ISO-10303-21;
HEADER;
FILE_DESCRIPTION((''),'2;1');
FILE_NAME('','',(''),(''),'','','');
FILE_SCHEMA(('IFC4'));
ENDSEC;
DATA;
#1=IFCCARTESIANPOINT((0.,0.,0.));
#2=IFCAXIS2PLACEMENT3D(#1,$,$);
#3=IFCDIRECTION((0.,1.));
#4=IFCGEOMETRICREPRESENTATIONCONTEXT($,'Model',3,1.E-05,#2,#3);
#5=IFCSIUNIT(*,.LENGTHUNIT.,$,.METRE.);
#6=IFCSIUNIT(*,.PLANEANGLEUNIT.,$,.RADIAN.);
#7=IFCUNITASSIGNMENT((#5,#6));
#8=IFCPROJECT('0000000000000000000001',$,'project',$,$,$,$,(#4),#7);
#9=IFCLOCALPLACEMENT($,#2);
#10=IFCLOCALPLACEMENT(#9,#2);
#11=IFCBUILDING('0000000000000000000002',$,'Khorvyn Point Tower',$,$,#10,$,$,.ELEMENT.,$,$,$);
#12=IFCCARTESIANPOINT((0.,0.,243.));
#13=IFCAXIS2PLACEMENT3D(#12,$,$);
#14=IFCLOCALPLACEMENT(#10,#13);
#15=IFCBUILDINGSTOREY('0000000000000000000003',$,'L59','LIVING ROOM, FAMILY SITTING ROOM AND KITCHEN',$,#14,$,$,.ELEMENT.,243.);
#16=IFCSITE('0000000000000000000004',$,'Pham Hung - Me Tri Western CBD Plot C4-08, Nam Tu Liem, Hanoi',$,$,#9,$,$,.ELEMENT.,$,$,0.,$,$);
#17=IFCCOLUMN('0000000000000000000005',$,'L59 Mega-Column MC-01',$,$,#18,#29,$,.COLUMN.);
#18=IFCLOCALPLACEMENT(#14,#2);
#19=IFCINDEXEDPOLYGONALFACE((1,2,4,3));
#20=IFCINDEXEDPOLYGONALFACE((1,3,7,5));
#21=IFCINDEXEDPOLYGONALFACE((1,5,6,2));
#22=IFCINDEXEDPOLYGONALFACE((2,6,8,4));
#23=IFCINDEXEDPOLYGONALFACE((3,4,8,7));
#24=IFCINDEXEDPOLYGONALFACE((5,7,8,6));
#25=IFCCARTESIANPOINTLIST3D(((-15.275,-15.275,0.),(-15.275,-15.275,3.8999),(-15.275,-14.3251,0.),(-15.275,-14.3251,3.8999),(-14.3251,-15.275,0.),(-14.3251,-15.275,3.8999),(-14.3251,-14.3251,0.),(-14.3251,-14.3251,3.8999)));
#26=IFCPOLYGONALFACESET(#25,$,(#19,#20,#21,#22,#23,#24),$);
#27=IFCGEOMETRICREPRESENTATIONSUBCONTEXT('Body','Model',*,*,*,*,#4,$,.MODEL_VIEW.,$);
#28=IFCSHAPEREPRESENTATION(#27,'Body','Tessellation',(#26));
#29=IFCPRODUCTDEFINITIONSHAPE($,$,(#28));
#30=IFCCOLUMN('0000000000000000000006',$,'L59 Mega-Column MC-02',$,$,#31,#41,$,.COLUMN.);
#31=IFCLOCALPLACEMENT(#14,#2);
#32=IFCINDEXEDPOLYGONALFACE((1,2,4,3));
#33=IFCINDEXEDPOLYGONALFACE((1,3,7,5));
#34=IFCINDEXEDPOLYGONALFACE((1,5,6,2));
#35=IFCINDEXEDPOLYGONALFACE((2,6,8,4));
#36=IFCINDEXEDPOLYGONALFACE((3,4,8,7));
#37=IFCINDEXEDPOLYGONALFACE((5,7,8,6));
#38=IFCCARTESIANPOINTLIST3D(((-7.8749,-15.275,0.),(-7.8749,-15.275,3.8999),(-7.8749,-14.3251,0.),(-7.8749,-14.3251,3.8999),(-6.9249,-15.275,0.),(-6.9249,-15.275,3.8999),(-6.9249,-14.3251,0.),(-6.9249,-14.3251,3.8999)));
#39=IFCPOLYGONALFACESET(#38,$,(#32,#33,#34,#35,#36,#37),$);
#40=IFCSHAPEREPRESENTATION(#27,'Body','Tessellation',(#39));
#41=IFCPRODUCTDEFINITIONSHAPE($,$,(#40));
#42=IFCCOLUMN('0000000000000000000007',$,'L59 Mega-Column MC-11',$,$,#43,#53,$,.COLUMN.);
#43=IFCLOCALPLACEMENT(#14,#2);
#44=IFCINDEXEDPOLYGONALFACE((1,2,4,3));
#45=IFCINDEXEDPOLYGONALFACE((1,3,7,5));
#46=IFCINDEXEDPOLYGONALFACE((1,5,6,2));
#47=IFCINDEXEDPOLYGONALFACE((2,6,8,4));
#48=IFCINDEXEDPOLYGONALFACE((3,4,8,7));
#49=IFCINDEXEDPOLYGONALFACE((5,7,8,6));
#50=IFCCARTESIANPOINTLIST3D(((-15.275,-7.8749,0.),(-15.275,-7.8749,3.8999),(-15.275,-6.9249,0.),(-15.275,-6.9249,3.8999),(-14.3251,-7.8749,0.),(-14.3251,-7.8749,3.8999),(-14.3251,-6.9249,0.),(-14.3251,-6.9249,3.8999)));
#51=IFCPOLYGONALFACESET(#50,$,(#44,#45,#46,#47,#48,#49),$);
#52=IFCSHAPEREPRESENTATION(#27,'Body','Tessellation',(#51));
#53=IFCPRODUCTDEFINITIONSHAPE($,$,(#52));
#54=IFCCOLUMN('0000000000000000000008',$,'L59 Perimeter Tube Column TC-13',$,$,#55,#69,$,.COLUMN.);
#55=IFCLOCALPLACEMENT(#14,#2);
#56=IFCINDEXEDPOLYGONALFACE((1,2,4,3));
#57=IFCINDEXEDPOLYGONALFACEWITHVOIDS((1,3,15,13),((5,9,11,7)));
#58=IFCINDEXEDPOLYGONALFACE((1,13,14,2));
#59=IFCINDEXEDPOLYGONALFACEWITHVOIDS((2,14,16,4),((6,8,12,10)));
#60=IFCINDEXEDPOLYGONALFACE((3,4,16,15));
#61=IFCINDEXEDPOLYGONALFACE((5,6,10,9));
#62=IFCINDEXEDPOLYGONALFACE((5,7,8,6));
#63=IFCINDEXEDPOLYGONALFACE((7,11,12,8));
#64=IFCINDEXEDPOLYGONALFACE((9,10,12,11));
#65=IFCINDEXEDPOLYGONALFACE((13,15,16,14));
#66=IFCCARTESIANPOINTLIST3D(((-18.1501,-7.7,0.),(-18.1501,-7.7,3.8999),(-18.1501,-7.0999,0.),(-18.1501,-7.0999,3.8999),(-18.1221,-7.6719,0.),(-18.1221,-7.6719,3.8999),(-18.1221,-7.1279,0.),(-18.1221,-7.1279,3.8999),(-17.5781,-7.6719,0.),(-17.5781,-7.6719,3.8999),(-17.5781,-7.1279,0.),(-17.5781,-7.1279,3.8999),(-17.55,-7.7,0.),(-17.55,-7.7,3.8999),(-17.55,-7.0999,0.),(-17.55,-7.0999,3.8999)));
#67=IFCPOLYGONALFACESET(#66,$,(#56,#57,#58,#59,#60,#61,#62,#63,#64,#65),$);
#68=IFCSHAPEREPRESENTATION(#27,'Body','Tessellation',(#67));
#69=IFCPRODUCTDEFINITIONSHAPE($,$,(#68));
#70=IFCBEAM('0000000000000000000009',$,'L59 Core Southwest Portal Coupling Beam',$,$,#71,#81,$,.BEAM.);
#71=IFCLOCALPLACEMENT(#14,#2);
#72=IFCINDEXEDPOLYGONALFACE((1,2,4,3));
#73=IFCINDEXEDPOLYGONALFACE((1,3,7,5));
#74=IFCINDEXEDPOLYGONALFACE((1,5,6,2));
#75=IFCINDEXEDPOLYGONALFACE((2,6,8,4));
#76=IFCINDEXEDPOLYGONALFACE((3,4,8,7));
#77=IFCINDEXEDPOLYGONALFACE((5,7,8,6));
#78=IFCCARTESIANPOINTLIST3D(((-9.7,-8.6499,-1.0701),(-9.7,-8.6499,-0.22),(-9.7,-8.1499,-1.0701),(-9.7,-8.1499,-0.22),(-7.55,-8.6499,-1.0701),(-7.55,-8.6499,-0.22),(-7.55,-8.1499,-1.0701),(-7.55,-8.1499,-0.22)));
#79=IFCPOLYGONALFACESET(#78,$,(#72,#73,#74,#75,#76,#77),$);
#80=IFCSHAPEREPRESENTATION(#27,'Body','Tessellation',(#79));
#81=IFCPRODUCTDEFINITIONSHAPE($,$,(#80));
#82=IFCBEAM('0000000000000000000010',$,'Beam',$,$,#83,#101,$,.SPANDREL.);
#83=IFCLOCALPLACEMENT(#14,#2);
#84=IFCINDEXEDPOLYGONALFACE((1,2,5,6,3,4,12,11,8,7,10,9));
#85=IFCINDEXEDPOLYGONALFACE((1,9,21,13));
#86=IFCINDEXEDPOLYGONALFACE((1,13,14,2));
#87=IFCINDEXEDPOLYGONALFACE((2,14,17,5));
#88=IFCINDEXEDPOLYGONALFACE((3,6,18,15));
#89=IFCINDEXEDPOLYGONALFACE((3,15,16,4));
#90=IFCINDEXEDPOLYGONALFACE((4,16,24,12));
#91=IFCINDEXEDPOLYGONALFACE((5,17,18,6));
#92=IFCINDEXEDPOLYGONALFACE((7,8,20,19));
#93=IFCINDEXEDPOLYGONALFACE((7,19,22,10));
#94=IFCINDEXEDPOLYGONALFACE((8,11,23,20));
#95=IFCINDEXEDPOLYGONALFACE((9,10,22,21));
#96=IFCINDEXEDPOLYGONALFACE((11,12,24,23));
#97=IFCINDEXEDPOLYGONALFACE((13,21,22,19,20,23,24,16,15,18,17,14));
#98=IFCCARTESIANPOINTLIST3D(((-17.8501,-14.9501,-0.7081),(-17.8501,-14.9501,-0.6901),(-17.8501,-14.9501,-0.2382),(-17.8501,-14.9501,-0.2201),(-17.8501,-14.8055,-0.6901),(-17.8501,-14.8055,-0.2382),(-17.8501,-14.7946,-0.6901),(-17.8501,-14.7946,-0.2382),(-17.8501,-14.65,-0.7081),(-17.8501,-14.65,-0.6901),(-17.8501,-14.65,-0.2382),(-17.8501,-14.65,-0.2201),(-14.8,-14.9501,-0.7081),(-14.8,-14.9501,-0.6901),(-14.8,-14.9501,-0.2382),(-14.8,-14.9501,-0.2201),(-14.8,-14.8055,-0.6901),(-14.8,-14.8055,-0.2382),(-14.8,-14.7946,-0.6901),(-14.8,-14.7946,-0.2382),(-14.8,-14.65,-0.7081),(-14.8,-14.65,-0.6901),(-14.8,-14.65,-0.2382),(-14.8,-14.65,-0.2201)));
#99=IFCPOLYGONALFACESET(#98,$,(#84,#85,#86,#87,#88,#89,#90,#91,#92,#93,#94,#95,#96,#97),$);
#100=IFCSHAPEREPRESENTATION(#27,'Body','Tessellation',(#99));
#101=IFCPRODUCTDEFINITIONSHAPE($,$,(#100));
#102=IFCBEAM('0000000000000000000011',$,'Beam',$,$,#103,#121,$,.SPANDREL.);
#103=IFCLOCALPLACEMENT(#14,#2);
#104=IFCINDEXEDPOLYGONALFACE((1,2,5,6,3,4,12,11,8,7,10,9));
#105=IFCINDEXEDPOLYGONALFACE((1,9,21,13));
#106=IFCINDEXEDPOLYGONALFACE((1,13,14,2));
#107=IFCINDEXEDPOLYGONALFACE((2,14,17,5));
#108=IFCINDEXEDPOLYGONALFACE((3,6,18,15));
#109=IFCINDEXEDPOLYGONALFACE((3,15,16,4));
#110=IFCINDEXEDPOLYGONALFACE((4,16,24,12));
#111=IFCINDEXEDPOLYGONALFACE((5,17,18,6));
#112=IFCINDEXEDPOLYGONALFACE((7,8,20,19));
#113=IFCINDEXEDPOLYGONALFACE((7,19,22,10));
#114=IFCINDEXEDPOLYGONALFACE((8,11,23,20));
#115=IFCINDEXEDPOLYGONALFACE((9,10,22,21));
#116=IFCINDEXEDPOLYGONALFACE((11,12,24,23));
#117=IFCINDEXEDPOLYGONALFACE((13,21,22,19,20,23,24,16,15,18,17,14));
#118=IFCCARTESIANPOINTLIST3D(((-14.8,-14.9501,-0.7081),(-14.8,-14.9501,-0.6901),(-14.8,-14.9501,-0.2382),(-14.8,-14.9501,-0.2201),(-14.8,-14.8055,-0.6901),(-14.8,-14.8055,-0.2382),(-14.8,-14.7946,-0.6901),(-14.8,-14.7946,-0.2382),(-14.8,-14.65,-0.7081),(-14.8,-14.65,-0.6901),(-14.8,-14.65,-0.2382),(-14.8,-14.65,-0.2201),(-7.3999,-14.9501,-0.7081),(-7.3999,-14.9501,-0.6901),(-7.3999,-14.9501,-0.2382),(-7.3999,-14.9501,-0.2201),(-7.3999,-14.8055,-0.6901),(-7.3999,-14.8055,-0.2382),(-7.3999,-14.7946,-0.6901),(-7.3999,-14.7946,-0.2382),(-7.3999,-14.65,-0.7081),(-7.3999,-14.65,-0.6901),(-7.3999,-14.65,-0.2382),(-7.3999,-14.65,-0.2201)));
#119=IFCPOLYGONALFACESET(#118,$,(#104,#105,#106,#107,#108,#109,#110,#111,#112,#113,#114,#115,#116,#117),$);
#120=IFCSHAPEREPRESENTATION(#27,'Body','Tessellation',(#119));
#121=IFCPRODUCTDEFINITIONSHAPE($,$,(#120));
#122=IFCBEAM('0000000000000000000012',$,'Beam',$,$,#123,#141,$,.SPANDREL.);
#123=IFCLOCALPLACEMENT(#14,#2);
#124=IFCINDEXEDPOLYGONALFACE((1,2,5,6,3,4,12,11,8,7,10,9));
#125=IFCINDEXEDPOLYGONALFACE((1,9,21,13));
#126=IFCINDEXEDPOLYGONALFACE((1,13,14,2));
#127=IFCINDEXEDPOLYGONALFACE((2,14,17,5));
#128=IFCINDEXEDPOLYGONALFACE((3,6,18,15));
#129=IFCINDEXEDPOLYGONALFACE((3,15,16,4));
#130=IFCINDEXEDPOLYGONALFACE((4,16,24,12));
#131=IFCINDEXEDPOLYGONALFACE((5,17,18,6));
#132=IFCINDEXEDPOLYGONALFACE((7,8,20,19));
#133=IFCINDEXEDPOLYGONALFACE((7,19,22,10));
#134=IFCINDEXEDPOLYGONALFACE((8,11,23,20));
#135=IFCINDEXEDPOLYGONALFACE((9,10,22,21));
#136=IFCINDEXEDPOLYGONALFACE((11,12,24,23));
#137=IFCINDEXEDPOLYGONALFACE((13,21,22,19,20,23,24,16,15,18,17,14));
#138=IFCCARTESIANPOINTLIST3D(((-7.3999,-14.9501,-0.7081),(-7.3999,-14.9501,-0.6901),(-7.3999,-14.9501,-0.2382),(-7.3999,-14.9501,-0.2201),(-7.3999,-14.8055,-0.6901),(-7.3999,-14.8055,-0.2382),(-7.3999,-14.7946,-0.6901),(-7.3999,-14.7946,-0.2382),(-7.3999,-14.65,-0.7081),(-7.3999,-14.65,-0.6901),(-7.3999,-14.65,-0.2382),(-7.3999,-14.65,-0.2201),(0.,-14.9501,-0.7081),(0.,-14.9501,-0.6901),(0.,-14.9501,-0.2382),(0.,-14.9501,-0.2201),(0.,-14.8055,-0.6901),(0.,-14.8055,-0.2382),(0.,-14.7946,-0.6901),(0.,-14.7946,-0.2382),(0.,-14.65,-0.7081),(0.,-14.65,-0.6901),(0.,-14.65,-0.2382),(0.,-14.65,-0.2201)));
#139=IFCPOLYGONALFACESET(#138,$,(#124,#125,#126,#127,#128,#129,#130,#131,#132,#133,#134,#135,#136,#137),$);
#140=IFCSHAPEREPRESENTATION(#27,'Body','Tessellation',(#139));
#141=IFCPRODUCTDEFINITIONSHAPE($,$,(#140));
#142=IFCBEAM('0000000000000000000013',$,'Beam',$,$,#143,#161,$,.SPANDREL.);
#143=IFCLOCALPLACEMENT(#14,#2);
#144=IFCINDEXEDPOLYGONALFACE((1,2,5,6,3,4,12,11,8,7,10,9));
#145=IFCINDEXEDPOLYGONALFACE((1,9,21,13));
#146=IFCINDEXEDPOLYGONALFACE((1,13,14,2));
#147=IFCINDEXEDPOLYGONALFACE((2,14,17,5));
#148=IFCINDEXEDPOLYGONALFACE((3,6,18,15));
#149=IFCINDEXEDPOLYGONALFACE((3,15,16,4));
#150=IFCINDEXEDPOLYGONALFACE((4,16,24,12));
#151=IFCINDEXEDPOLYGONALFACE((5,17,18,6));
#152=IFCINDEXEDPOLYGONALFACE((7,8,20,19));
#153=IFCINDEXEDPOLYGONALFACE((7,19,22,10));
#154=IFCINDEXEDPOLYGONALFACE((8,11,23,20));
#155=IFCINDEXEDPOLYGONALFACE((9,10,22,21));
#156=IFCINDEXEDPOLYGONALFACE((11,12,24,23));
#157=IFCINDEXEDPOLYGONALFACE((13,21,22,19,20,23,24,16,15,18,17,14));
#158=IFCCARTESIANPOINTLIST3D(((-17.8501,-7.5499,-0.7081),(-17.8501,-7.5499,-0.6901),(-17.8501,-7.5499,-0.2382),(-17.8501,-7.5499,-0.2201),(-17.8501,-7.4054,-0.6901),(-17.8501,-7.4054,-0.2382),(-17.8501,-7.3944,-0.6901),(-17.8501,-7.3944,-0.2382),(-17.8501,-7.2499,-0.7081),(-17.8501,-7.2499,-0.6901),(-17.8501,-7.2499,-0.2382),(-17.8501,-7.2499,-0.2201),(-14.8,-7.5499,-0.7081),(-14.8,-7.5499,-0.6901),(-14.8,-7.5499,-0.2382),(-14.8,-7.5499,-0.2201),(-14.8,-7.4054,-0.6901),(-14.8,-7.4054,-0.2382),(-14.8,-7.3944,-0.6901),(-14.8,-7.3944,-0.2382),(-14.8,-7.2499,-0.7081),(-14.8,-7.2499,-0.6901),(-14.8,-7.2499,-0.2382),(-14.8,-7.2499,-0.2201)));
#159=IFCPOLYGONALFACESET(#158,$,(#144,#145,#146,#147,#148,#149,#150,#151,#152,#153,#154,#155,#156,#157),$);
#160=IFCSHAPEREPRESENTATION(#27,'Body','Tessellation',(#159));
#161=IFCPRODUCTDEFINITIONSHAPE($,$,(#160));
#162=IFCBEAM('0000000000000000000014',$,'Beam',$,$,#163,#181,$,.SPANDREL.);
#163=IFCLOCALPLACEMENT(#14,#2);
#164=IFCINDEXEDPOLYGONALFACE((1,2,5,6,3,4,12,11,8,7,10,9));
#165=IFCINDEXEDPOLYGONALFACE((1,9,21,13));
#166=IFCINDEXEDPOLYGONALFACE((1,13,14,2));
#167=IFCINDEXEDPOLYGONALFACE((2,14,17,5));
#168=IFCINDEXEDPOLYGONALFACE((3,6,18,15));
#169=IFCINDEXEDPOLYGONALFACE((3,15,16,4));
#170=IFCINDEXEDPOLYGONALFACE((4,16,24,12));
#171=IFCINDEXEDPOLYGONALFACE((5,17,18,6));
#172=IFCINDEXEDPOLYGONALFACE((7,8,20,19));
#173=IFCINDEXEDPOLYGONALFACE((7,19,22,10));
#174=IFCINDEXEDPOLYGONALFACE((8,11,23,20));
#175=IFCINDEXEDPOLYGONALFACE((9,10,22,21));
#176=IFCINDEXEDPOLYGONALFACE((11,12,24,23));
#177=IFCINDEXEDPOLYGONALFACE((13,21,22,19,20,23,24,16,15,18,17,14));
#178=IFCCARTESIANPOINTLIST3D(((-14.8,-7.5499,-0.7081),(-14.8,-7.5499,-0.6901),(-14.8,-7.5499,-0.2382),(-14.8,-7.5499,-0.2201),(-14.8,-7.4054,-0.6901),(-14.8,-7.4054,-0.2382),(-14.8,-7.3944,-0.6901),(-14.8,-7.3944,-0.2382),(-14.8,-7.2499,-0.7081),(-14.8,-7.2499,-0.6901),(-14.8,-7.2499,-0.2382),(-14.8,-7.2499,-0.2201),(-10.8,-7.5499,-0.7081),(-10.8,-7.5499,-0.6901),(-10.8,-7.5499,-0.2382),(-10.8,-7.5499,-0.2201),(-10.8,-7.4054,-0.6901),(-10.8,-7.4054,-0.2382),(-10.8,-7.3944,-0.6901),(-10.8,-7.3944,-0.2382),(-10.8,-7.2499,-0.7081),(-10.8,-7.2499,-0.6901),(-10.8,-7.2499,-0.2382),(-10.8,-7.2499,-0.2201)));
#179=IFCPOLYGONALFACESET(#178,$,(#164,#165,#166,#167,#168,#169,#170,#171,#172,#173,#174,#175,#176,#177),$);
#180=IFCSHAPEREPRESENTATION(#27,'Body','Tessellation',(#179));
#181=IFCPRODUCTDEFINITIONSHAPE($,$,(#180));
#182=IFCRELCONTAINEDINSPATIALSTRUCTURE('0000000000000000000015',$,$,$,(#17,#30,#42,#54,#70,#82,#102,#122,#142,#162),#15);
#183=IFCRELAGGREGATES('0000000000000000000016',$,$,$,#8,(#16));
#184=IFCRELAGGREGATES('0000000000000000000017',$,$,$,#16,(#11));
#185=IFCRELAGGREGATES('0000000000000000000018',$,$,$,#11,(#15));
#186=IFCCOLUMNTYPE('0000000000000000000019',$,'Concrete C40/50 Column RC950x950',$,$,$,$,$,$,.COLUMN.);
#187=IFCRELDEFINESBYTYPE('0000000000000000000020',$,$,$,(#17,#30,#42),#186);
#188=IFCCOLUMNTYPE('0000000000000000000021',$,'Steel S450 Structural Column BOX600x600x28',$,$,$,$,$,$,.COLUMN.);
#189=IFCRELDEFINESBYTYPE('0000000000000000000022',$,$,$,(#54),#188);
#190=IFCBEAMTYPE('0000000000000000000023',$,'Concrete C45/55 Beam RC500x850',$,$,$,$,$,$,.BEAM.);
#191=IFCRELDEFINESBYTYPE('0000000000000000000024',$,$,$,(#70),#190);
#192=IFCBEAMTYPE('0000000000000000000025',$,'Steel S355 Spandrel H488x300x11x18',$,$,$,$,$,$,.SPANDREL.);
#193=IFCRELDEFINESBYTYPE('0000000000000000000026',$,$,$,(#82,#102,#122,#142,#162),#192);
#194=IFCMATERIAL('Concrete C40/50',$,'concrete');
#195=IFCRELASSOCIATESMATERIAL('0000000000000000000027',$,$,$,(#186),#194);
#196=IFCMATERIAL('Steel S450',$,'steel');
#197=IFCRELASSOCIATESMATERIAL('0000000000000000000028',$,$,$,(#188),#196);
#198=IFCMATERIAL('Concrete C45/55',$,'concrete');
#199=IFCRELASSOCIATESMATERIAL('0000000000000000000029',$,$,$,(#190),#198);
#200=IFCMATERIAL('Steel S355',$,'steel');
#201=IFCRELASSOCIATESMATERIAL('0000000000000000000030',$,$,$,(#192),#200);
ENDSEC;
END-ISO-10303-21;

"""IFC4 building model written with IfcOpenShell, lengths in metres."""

from ifc_helpers import new_model, si_unit, direction, frame, origin, origin_2d, place, context, subcontext, project, spatial, rectangle, hollow_rectangle, i_section, extrude, material, material_profile, profile_set, type_object, element, save


model = new_model("IFC4")

# Units and contexts
model_context = context("Model", 3, precision=1e-05, world=origin(), true_north=direction((0.0, 1.0)))
body_context = subcontext(model_context, "Body", "Model", "MODEL_VIEW")
ifc_project = project(units=[si_unit("LENGTHUNIT", "METRE"), si_unit("PLANEANGLEUNIT", "RADIAN")], contexts=[model_context])

# Site, building, storey
site_placement = place(None, origin())
site = spatial("IfcSite", under=ifc_project, at=site_placement, Name="Pham Hung - Me Tri Western CBD Plot C4-08, Nam Tu Liem, Hanoi", CompositionType="ELEMENT", RefElevation=0.0)
building_placement = place(site_placement, origin())
building = spatial("IfcBuilding", under=site, at=building_placement, Name="Khorvyn Point Tower", CompositionType="ELEMENT")
storey_placement = place(building_placement, frame((0.0, 0.0, 243.0)))
storey = spatial("IfcBuildingStorey", under=building, at=storey_placement, Name="L59", Description="LIVING ROOM, FAMILY SITTING ROOM AND KITCHEN", CompositionType="ELEMENT", Elevation=243.0)

# Columns
ifc_material_1 = material(Name="Concrete C40/50", Category="concrete")
ifc_material_profile_1 = material_profile(ifc_material_1, rectangle(XDim=0.95, YDim=0.95, at=origin_2d()))
ifc_profile_set_1 = profile_set([ifc_material_profile_1], Name="Concrete C40/50 RC950x950")
column_type_1 = type_object("IfcColumnType", Name="Concrete C40/50 Column RC950x950", PredefinedType="COLUMN", material=ifc_profile_set_1)
for number, where, z_axis, x_axis, name in (
    (1, (-14.8, -14.8, 0.0), (0.0, 0.0, 1.0), (1.0, 0.0, 0.0), "L59 Mega-Column MC-01"),
    (2, (-7.3999, -14.8, 0.0), (0.0, 0.0, 1.0), (1.0, 0.0, 0.0), "L59 Mega-Column MC-02"),
    (3, (-14.8, -7.3999, 0.0), (0.0, 0.0, 1.0), (1.0, 0.0, 0.0), "L59 Mega-Column MC-11"),
):
    element("IfcColumn", number, at=place(storey_placement, frame(where, z_axis=z_axis, x_axis=x_axis)), inside=storey, type_object=column_type_1, Name=name, PredefinedType="COLUMN", context=body_context, shape_type="SweptSolid", body=[
        extrude(rectangle(XDim=0.95, YDim=0.95, at=origin_2d()), origin(), (0.0, 0.0, 1.0), 3.8999),
    ])
ifc_material_2 = material(Name="Steel S450", Category="steel")
ifc_material_profile_2 = material_profile(ifc_material_2, hollow_rectangle(XDim=0.6001, YDim=0.6001, WallThickness=0.0281, at=origin_2d()))
ifc_profile_set_2 = profile_set([ifc_material_profile_2], Name="Steel S450 BOX600x600x28")
column_type_2 = type_object("IfcColumnType", Name="Steel S450 Structural Column BOX600x600x28", PredefinedType="COLUMN", material=ifc_profile_set_2)
column_placement = place(storey_placement, frame((-17.8501, -7.3999, 0.0), z_axis=(0.0, 0.0, 1.0), x_axis=(1.0, 0.0, 0.0)))
element("IfcColumn", 4, at=column_placement, inside=storey, type_object=column_type_2, Name="L59 Perimeter Tube Column TC-13", PredefinedType="COLUMN", context=body_context, shape_type="SweptSolid", body=[
    extrude(hollow_rectangle(XDim=0.6001, YDim=0.6001, WallThickness=0.0281, at=origin_2d()), origin(), (0.0, 0.0, 1.0), 3.8999),
])

# Beams
ifc_material_3 = material(Name="Concrete C45/55", Category="concrete")
ifc_material_profile_3 = material_profile(ifc_material_3, rectangle(XDim=0.5, YDim=0.8501, at=origin_2d()))
ifc_profile_set_3 = profile_set([ifc_material_profile_3], Name="Concrete C45/55 RC500x850")
beam_type_1 = type_object("IfcBeamType", Name="Concrete C45/55 Beam RC500x850", PredefinedType="BEAM", material=ifc_profile_set_3)
beam_1_placement = place(storey_placement, frame((-9.7, -8.3999, -0.645), z_axis=(1.0, 0.0, 0.0), x_axis=(0.0, 1.0, 0.0)))
element("IfcBeam", 5, at=beam_1_placement, inside=storey, type_object=beam_type_1, Name="L59 Core Southwest Portal Coupling Beam", PredefinedType="BEAM", context=body_context, shape_type="SweptSolid", body=[
    extrude(rectangle(XDim=0.5, YDim=0.8501, at=origin_2d()), origin(), (0.0, 0.0, 1.0), 2.1499),
])
ifc_material_4 = material(Name="Steel S355", Category="steel")
ifc_material_profile_4 = material_profile(ifc_material_4, i_section(OverallWidth=0.3, OverallDepth=0.488, WebThickness=0.011, FlangeThickness=0.0181, at=origin_2d()))
ifc_profile_set_4 = profile_set([ifc_material_profile_4], Name="Steel S355 H488x300x11x18")
beam_type_2 = type_object("IfcBeamType", Name="Steel S355 Spandrel H488x300x11x18", PredefinedType="SPANDREL", material=ifc_profile_set_4)
beam_2_placement = place(storey_placement, frame((-17.8501, -14.8, -0.4641), z_axis=(1.0, 0.0, 0.0), x_axis=(0.0, 1.0, 0.0)))
element("IfcBeam", 6, at=beam_2_placement, inside=storey, type_object=beam_type_2, Name="Beam", PredefinedType="SPANDREL", context=body_context, shape_type="SweptSolid", body=[
    extrude(i_section(OverallWidth=0.3, OverallDepth=0.488, WebThickness=0.011, FlangeThickness=0.0181, at=origin_2d()), origin(), (0.0, 0.0, 1.0), 3.05),
])
beam_3_placement = place(storey_placement, frame((-14.8, -14.8, -0.4641), z_axis=(1.0, 0.0, 0.0), x_axis=(0.0, 1.0, 0.0)))
element("IfcBeam", 7, at=beam_3_placement, inside=storey, type_object=beam_type_2, Name="Beam", PredefinedType="SPANDREL", context=body_context, shape_type="SweptSolid", body=[
    extrude(i_section(OverallWidth=0.3, OverallDepth=0.488, WebThickness=0.011, FlangeThickness=0.0181, at=origin_2d()), origin(), (0.0, 0.0, 1.0), 7.4001),
])
beam_4_placement = place(storey_placement, frame((-7.3999, -14.8, -0.4641), z_axis=(1.0, 0.0, 0.0), x_axis=(0.0, 1.0, 0.0)))
element("IfcBeam", 8, at=beam_4_placement, inside=storey, type_object=beam_type_2, Name="Beam", PredefinedType="SPANDREL", context=body_context, shape_type="SweptSolid", body=[
    extrude(i_section(OverallWidth=0.3, OverallDepth=0.488, WebThickness=0.011, FlangeThickness=0.0181, at=origin_2d()), origin(), (0.0, 0.0, 1.0), 7.3999),
])
beam_5_placement = place(storey_placement, frame((-17.8501, -7.3999, -0.4641), z_axis=(1.0, 0.0, 0.0), x_axis=(0.0, 1.0, 0.0)))
element("IfcBeam", 9, at=beam_5_placement, inside=storey, type_object=beam_type_2, Name="Beam", PredefinedType="SPANDREL", context=body_context, shape_type="SweptSolid", body=[
    extrude(i_section(OverallWidth=0.3, OverallDepth=0.488, WebThickness=0.011, FlangeThickness=0.0181, at=origin_2d()), origin(), (0.0, 0.0, 1.0), 3.05),
])
beam_6_placement = place(storey_placement, frame((-14.8, -7.3999, -0.4641), z_axis=(1.0, 0.0, 0.0), x_axis=(0.0, 1.0, 0.0)))
element("IfcBeam", 10, at=beam_6_placement, inside=storey, type_object=beam_type_2, Name="Beam", PredefinedType="SPANDREL", context=body_context, shape_type="SweptSolid", body=[
    extrude(i_section(OverallWidth=0.3, OverallDepth=0.488, WebThickness=0.011, FlangeThickness=0.0181, at=origin_2d()), origin(), (0.0, 0.0, 1.0), 4.0),
])

save(model, "model.ifc")
